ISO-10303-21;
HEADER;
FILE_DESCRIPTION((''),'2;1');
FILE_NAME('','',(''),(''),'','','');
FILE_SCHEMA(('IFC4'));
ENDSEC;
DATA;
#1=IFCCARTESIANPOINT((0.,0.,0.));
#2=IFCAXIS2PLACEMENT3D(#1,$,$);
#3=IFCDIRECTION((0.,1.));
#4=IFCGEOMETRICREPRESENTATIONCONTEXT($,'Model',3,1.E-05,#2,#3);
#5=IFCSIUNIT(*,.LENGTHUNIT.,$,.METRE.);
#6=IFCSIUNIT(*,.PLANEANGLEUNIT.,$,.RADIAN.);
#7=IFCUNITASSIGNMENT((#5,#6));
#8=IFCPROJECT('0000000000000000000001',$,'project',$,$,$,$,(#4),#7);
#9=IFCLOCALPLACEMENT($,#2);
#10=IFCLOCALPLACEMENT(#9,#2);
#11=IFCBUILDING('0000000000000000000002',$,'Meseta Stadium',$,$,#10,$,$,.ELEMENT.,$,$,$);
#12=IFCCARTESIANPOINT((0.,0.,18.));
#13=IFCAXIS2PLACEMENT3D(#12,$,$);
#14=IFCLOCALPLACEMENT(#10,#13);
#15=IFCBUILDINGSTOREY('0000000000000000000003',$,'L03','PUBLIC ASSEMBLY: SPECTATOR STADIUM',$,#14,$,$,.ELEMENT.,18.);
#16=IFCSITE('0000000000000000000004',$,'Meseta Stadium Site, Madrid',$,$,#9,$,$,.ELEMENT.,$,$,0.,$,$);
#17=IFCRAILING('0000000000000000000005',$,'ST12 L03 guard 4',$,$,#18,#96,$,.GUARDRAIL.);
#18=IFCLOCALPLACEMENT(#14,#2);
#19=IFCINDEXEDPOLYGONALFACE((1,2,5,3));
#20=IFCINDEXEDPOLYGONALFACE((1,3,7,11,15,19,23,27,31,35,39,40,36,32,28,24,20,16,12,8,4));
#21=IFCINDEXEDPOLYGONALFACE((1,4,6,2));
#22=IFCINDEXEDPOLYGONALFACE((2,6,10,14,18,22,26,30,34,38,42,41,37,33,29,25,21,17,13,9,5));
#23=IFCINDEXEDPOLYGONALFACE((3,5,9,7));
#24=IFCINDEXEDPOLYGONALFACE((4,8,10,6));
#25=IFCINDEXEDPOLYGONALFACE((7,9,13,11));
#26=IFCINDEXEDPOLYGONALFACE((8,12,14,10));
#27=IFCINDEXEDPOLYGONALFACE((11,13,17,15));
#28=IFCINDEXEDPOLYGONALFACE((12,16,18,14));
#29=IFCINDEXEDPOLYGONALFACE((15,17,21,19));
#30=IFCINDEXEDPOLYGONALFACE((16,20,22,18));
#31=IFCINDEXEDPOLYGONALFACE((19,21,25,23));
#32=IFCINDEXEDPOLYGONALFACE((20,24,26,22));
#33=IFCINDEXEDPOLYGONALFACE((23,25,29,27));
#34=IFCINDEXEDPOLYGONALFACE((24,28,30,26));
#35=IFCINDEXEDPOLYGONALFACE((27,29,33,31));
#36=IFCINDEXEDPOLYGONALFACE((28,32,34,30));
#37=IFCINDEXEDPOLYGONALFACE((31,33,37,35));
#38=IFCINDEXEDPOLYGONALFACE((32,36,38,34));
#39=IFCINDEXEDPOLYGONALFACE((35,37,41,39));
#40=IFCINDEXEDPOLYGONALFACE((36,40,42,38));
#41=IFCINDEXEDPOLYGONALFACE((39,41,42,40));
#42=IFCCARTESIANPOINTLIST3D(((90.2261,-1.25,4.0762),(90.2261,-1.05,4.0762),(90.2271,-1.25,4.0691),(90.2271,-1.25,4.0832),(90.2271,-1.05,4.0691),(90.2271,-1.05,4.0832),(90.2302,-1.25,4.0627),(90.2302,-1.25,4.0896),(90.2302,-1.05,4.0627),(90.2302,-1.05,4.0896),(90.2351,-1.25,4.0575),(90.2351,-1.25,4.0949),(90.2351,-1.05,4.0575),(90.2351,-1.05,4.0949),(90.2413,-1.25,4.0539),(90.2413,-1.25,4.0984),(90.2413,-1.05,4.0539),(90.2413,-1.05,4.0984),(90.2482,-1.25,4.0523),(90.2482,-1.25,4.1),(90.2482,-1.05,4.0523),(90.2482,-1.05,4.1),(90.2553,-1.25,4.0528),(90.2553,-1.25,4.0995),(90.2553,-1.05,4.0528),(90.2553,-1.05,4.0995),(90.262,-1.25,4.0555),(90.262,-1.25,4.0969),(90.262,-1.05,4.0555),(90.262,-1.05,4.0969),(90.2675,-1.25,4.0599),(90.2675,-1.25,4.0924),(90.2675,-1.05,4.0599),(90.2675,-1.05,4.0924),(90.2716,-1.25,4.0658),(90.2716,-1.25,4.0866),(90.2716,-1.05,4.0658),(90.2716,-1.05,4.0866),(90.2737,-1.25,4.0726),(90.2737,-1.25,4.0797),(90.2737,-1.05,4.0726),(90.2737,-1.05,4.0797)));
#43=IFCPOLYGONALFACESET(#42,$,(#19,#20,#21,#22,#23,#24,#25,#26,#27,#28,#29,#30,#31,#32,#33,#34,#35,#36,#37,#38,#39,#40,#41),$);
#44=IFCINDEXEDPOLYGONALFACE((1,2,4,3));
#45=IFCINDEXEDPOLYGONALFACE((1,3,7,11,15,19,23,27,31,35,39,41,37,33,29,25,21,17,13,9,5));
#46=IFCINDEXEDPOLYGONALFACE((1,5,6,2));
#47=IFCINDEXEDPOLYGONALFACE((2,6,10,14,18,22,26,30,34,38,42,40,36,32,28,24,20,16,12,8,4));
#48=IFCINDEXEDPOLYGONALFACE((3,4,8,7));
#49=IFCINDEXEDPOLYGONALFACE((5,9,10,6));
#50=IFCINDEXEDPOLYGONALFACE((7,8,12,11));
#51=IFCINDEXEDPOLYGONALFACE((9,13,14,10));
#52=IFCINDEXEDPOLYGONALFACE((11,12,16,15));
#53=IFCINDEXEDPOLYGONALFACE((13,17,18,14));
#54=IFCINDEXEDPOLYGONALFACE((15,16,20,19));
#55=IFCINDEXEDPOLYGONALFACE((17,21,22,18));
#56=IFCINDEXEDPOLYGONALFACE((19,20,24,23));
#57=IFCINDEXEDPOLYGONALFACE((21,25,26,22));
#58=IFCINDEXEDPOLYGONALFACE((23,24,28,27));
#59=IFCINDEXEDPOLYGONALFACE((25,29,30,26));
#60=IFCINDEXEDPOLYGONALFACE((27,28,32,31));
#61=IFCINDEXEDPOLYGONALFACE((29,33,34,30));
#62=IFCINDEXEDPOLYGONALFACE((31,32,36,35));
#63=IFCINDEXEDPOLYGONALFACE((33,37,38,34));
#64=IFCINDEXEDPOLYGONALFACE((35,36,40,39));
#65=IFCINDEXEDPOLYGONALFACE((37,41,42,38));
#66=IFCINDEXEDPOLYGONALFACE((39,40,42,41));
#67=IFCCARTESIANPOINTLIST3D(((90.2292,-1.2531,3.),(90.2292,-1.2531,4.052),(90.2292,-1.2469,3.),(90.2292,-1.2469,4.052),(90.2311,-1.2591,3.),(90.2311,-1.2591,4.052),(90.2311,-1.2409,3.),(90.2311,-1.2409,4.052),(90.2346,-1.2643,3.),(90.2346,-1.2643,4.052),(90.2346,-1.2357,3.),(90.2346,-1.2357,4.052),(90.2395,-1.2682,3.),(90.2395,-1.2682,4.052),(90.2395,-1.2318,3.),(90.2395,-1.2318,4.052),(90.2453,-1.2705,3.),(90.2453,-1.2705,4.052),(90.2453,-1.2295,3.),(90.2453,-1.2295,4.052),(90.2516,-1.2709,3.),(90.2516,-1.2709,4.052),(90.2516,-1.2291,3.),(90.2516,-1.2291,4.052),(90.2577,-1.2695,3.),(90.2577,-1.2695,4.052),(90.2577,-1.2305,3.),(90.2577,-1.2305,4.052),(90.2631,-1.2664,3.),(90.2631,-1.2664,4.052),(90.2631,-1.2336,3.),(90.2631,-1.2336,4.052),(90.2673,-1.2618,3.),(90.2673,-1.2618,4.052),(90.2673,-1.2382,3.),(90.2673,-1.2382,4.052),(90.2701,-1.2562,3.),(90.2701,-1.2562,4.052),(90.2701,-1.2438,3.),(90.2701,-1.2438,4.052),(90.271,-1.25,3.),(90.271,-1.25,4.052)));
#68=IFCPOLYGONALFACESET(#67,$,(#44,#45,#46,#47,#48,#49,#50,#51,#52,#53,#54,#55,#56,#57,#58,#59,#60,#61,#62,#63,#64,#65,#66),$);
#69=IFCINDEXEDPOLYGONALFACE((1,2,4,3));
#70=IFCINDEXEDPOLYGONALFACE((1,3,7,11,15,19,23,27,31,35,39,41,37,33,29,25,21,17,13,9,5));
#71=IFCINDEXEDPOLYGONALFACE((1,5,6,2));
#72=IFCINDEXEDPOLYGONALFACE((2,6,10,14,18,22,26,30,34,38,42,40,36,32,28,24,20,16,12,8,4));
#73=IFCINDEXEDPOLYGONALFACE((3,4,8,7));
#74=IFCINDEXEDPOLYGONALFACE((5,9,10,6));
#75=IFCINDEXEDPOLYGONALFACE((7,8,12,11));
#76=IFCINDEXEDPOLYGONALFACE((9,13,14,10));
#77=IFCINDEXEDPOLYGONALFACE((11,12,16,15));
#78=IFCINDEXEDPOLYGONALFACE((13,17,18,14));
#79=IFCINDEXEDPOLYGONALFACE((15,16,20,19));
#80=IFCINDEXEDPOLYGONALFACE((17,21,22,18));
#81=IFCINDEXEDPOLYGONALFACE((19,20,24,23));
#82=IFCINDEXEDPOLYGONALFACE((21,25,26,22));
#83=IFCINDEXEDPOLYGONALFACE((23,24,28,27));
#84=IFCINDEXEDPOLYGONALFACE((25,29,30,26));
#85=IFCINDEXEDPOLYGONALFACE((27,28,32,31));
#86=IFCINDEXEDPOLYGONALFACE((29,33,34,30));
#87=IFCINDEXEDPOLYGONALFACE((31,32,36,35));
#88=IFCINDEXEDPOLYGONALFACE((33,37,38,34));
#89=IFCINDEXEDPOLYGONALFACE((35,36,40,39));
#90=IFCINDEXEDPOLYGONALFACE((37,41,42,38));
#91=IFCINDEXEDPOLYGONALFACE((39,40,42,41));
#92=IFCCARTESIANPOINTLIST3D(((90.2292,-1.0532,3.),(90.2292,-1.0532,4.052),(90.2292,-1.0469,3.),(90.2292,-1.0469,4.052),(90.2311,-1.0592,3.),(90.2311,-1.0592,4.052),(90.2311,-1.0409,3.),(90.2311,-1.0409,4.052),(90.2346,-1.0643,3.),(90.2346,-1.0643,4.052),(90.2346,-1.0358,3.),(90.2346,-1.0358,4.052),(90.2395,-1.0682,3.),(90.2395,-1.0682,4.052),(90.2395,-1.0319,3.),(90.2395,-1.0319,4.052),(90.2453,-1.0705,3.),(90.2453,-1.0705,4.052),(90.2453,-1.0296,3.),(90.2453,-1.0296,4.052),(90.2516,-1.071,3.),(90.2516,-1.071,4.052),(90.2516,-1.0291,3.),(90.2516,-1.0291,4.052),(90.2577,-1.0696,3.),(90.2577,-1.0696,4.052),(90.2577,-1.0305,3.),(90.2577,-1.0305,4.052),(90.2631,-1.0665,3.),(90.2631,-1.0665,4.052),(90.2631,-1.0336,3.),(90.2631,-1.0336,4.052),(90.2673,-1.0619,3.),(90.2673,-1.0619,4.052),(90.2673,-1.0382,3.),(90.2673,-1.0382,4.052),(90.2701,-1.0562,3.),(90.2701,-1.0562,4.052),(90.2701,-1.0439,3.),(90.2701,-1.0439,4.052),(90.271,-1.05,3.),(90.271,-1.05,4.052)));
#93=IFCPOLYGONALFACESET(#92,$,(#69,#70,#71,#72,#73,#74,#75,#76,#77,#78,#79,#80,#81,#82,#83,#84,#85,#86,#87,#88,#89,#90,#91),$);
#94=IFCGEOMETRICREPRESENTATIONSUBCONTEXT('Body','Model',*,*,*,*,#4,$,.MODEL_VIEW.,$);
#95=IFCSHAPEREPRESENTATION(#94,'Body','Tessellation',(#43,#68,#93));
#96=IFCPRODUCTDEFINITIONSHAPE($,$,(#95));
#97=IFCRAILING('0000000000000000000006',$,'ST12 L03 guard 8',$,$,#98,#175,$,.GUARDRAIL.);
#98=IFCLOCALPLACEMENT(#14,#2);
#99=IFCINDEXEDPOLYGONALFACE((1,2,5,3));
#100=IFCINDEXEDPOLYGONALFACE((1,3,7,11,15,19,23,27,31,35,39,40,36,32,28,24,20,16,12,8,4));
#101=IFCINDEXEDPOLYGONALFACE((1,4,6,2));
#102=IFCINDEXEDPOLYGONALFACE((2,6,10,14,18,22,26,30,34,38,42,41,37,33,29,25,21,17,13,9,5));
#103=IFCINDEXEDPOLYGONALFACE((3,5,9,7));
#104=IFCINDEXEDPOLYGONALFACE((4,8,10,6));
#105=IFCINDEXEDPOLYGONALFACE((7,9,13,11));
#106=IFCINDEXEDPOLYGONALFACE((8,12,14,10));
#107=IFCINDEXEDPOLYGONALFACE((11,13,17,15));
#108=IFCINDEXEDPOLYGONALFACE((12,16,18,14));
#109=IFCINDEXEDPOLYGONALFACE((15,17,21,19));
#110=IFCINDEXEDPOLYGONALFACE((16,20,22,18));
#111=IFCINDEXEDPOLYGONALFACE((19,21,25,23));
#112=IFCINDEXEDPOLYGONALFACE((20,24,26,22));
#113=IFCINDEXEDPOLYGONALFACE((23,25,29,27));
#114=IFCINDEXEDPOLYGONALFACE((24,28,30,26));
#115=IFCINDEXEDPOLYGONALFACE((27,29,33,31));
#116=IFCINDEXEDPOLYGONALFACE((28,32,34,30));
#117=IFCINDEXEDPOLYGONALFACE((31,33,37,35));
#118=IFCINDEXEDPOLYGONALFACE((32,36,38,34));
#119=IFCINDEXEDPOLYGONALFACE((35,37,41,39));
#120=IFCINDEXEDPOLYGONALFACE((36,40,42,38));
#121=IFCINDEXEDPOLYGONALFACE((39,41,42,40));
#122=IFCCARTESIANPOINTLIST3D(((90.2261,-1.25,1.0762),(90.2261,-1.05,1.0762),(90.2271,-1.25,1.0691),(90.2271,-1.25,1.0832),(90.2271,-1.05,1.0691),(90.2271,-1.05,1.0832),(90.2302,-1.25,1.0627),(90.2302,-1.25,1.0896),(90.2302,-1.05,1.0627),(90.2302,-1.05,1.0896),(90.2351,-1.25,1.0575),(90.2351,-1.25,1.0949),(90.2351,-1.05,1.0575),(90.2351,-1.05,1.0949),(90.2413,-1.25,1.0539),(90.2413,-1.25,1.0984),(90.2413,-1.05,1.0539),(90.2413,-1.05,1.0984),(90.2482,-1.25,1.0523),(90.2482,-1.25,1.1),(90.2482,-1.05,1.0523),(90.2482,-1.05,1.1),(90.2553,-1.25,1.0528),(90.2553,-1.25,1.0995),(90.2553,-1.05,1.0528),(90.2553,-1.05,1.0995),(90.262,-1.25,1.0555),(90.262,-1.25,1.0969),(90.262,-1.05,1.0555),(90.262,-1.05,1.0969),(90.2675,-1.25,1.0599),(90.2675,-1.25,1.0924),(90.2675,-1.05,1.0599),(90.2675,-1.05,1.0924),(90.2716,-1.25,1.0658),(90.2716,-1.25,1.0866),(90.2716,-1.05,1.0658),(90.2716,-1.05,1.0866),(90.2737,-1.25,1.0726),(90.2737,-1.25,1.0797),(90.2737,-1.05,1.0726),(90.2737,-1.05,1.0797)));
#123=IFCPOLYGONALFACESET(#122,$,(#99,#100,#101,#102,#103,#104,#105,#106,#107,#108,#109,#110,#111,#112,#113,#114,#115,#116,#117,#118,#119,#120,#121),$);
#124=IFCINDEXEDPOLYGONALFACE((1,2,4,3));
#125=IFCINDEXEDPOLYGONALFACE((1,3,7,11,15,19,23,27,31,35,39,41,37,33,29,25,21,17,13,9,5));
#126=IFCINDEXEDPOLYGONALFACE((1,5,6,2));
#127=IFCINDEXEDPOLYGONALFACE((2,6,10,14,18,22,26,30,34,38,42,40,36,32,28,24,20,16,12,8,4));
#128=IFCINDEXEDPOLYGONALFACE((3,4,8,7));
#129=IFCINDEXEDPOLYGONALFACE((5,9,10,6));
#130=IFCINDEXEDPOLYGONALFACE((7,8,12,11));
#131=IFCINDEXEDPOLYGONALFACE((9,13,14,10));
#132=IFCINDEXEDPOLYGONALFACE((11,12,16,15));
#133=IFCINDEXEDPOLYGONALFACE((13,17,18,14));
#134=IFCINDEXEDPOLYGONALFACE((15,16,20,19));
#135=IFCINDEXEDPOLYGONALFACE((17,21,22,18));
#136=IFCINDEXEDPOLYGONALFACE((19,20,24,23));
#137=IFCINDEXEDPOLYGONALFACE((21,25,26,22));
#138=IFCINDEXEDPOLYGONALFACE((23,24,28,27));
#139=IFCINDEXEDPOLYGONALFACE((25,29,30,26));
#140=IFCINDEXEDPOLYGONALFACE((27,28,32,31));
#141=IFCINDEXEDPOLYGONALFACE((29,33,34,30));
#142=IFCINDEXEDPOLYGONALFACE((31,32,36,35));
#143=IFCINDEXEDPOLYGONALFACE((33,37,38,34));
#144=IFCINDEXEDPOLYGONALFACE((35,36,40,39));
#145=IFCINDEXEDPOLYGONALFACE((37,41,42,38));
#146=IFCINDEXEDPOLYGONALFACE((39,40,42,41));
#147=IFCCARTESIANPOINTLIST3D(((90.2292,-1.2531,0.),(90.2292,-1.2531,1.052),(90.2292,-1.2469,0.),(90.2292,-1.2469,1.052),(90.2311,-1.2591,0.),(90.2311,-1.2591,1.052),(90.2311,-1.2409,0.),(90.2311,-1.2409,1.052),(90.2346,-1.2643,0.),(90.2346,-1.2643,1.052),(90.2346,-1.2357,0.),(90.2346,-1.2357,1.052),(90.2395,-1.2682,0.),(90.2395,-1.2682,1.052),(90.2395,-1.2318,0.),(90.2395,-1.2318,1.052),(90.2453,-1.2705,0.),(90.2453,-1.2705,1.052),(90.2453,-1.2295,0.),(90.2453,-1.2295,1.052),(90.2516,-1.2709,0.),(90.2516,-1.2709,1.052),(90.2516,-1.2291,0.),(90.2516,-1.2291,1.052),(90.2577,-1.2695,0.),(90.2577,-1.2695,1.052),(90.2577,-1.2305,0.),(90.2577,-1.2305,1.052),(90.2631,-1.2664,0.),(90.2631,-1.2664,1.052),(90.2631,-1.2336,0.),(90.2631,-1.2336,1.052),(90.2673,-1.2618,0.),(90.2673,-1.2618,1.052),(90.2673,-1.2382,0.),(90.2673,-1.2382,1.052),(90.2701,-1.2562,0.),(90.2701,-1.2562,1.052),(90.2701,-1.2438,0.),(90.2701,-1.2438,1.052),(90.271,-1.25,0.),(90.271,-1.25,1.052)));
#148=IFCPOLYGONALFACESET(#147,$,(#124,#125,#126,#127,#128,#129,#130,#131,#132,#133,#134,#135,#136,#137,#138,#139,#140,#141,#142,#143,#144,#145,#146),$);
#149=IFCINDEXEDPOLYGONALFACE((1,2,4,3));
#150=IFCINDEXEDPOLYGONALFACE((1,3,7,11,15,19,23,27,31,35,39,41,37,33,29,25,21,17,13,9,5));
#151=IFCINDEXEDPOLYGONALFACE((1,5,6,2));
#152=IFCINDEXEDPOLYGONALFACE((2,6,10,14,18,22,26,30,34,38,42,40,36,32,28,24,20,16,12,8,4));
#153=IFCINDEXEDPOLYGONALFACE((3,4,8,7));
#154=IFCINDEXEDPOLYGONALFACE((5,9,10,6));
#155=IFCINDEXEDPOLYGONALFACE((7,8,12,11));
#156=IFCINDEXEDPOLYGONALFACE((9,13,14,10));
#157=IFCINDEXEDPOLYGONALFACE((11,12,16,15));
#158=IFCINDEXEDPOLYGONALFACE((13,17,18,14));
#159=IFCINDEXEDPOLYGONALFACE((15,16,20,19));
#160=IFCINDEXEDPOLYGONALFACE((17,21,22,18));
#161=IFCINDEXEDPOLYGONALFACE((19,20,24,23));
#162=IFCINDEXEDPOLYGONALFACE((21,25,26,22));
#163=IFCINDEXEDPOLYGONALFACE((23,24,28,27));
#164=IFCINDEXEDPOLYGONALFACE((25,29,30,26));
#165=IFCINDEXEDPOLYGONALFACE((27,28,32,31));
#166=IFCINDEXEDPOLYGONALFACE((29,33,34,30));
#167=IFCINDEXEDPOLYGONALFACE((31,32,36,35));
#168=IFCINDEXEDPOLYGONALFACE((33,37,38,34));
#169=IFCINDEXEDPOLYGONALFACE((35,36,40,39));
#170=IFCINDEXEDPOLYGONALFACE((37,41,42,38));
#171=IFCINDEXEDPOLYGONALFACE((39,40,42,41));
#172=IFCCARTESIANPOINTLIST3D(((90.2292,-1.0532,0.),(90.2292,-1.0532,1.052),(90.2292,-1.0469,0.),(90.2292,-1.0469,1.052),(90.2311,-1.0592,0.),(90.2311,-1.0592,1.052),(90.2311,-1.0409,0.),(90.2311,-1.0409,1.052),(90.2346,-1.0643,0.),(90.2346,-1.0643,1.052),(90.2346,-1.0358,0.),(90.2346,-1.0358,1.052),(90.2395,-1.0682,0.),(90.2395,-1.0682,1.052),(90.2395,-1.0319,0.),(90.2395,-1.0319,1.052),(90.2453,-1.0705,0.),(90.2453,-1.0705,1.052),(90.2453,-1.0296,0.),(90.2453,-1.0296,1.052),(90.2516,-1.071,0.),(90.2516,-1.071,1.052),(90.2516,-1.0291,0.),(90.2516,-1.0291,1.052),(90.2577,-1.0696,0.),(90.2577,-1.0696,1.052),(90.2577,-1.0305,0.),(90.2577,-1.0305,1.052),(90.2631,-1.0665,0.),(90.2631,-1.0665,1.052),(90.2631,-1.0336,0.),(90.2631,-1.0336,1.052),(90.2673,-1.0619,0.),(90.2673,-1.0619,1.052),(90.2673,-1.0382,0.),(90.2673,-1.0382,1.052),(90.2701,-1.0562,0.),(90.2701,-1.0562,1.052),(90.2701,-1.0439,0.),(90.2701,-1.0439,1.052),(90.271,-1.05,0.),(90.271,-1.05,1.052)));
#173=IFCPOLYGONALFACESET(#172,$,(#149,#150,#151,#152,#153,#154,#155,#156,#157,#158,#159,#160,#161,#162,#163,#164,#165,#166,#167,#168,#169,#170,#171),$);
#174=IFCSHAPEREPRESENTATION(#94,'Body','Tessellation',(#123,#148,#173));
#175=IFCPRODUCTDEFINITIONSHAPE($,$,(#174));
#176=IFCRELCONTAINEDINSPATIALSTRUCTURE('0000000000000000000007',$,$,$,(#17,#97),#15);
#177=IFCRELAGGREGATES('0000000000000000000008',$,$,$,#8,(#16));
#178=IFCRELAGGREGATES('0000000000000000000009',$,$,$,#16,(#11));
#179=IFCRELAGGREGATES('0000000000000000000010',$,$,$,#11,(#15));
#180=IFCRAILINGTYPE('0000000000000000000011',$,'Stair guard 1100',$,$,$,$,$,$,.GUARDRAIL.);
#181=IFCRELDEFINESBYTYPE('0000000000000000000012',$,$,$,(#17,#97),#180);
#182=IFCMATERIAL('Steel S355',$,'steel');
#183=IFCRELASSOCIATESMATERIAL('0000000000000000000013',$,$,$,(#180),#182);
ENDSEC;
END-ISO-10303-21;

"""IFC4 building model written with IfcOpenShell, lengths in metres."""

from ifc_helpers import new_model, si_unit, direction, frame, origin, origin_2d, place, context, subcontext, project, spatial, circle, extrude, material, type_object, element, save


model = new_model("IFC4")

# Units and contexts
model_context = context("Model", 3, precision=1e-05, world=origin(), true_north=direction((0.0, 1.0)))
body_context = subcontext(model_context, "Body", "Model", "MODEL_VIEW")
ifc_project = project(units=[si_unit("LENGTHUNIT", "METRE"), si_unit("PLANEANGLEUNIT", "RADIAN")], contexts=[model_context])

# Site, building, storey
site_placement = place(None, origin())
site = spatial("IfcSite", under=ifc_project, at=site_placement, Name="Meseta Stadium Site, Madrid", CompositionType="ELEMENT", RefElevation=0.0)
building_placement = place(site_placement, origin())
building = spatial("IfcBuilding", under=site, at=building_placement, Name="Meseta Stadium", CompositionType="ELEMENT")
storey_placement = place(building_placement, frame((0.0, 0.0, 18.0)))
storey = spatial("IfcBuildingStorey", under=building, at=storey_placement, Name="L03", Description="PUBLIC ASSEMBLY: SPECTATOR STADIUM", CompositionType="ELEMENT", Elevation=18.0)

# Railings
ifc_material_1 = material(Name="Steel S355", Category="steel")
railing_type_1 = type_object("IfcRailingType", Name="Stair guard 1100", PredefinedType="GUARDRAIL", material=ifc_material_1)
for number, where, name in (
    (1, (90.25, -1.25, 3.0), "ST12 L03 guard 4"),
    (2, (90.25, -1.25, 0.0), "ST12 L03 guard 8"),
):
    element("IfcRailing", number, at=place(storey_placement, frame(where)), inside=storey, type_object=railing_type_1, Name=name, PredefinedType="GUARDRAIL", context=body_context, shape_type="SweptSolid", body=[
        extrude(circle(Radius=0.0239, at=origin_2d()), frame((0.0, 0.0, 1.0762), z_axis=(0.0, 1.0, 0.0), x_axis=(-1.0, 0.0, 0.0)), (0.0, 0.0, 1.0), 0.2),
        extrude(circle(Radius=0.021, at=origin_2d()), origin(), (0.0, 0.0, 1.0), 1.052),
        extrude(circle(Radius=0.021, at=origin_2d()), frame((0.0, 0.2, 0.0)), (0.0, 0.0, 1.0), 1.052),
    ])

save(model, "model.ifc")
